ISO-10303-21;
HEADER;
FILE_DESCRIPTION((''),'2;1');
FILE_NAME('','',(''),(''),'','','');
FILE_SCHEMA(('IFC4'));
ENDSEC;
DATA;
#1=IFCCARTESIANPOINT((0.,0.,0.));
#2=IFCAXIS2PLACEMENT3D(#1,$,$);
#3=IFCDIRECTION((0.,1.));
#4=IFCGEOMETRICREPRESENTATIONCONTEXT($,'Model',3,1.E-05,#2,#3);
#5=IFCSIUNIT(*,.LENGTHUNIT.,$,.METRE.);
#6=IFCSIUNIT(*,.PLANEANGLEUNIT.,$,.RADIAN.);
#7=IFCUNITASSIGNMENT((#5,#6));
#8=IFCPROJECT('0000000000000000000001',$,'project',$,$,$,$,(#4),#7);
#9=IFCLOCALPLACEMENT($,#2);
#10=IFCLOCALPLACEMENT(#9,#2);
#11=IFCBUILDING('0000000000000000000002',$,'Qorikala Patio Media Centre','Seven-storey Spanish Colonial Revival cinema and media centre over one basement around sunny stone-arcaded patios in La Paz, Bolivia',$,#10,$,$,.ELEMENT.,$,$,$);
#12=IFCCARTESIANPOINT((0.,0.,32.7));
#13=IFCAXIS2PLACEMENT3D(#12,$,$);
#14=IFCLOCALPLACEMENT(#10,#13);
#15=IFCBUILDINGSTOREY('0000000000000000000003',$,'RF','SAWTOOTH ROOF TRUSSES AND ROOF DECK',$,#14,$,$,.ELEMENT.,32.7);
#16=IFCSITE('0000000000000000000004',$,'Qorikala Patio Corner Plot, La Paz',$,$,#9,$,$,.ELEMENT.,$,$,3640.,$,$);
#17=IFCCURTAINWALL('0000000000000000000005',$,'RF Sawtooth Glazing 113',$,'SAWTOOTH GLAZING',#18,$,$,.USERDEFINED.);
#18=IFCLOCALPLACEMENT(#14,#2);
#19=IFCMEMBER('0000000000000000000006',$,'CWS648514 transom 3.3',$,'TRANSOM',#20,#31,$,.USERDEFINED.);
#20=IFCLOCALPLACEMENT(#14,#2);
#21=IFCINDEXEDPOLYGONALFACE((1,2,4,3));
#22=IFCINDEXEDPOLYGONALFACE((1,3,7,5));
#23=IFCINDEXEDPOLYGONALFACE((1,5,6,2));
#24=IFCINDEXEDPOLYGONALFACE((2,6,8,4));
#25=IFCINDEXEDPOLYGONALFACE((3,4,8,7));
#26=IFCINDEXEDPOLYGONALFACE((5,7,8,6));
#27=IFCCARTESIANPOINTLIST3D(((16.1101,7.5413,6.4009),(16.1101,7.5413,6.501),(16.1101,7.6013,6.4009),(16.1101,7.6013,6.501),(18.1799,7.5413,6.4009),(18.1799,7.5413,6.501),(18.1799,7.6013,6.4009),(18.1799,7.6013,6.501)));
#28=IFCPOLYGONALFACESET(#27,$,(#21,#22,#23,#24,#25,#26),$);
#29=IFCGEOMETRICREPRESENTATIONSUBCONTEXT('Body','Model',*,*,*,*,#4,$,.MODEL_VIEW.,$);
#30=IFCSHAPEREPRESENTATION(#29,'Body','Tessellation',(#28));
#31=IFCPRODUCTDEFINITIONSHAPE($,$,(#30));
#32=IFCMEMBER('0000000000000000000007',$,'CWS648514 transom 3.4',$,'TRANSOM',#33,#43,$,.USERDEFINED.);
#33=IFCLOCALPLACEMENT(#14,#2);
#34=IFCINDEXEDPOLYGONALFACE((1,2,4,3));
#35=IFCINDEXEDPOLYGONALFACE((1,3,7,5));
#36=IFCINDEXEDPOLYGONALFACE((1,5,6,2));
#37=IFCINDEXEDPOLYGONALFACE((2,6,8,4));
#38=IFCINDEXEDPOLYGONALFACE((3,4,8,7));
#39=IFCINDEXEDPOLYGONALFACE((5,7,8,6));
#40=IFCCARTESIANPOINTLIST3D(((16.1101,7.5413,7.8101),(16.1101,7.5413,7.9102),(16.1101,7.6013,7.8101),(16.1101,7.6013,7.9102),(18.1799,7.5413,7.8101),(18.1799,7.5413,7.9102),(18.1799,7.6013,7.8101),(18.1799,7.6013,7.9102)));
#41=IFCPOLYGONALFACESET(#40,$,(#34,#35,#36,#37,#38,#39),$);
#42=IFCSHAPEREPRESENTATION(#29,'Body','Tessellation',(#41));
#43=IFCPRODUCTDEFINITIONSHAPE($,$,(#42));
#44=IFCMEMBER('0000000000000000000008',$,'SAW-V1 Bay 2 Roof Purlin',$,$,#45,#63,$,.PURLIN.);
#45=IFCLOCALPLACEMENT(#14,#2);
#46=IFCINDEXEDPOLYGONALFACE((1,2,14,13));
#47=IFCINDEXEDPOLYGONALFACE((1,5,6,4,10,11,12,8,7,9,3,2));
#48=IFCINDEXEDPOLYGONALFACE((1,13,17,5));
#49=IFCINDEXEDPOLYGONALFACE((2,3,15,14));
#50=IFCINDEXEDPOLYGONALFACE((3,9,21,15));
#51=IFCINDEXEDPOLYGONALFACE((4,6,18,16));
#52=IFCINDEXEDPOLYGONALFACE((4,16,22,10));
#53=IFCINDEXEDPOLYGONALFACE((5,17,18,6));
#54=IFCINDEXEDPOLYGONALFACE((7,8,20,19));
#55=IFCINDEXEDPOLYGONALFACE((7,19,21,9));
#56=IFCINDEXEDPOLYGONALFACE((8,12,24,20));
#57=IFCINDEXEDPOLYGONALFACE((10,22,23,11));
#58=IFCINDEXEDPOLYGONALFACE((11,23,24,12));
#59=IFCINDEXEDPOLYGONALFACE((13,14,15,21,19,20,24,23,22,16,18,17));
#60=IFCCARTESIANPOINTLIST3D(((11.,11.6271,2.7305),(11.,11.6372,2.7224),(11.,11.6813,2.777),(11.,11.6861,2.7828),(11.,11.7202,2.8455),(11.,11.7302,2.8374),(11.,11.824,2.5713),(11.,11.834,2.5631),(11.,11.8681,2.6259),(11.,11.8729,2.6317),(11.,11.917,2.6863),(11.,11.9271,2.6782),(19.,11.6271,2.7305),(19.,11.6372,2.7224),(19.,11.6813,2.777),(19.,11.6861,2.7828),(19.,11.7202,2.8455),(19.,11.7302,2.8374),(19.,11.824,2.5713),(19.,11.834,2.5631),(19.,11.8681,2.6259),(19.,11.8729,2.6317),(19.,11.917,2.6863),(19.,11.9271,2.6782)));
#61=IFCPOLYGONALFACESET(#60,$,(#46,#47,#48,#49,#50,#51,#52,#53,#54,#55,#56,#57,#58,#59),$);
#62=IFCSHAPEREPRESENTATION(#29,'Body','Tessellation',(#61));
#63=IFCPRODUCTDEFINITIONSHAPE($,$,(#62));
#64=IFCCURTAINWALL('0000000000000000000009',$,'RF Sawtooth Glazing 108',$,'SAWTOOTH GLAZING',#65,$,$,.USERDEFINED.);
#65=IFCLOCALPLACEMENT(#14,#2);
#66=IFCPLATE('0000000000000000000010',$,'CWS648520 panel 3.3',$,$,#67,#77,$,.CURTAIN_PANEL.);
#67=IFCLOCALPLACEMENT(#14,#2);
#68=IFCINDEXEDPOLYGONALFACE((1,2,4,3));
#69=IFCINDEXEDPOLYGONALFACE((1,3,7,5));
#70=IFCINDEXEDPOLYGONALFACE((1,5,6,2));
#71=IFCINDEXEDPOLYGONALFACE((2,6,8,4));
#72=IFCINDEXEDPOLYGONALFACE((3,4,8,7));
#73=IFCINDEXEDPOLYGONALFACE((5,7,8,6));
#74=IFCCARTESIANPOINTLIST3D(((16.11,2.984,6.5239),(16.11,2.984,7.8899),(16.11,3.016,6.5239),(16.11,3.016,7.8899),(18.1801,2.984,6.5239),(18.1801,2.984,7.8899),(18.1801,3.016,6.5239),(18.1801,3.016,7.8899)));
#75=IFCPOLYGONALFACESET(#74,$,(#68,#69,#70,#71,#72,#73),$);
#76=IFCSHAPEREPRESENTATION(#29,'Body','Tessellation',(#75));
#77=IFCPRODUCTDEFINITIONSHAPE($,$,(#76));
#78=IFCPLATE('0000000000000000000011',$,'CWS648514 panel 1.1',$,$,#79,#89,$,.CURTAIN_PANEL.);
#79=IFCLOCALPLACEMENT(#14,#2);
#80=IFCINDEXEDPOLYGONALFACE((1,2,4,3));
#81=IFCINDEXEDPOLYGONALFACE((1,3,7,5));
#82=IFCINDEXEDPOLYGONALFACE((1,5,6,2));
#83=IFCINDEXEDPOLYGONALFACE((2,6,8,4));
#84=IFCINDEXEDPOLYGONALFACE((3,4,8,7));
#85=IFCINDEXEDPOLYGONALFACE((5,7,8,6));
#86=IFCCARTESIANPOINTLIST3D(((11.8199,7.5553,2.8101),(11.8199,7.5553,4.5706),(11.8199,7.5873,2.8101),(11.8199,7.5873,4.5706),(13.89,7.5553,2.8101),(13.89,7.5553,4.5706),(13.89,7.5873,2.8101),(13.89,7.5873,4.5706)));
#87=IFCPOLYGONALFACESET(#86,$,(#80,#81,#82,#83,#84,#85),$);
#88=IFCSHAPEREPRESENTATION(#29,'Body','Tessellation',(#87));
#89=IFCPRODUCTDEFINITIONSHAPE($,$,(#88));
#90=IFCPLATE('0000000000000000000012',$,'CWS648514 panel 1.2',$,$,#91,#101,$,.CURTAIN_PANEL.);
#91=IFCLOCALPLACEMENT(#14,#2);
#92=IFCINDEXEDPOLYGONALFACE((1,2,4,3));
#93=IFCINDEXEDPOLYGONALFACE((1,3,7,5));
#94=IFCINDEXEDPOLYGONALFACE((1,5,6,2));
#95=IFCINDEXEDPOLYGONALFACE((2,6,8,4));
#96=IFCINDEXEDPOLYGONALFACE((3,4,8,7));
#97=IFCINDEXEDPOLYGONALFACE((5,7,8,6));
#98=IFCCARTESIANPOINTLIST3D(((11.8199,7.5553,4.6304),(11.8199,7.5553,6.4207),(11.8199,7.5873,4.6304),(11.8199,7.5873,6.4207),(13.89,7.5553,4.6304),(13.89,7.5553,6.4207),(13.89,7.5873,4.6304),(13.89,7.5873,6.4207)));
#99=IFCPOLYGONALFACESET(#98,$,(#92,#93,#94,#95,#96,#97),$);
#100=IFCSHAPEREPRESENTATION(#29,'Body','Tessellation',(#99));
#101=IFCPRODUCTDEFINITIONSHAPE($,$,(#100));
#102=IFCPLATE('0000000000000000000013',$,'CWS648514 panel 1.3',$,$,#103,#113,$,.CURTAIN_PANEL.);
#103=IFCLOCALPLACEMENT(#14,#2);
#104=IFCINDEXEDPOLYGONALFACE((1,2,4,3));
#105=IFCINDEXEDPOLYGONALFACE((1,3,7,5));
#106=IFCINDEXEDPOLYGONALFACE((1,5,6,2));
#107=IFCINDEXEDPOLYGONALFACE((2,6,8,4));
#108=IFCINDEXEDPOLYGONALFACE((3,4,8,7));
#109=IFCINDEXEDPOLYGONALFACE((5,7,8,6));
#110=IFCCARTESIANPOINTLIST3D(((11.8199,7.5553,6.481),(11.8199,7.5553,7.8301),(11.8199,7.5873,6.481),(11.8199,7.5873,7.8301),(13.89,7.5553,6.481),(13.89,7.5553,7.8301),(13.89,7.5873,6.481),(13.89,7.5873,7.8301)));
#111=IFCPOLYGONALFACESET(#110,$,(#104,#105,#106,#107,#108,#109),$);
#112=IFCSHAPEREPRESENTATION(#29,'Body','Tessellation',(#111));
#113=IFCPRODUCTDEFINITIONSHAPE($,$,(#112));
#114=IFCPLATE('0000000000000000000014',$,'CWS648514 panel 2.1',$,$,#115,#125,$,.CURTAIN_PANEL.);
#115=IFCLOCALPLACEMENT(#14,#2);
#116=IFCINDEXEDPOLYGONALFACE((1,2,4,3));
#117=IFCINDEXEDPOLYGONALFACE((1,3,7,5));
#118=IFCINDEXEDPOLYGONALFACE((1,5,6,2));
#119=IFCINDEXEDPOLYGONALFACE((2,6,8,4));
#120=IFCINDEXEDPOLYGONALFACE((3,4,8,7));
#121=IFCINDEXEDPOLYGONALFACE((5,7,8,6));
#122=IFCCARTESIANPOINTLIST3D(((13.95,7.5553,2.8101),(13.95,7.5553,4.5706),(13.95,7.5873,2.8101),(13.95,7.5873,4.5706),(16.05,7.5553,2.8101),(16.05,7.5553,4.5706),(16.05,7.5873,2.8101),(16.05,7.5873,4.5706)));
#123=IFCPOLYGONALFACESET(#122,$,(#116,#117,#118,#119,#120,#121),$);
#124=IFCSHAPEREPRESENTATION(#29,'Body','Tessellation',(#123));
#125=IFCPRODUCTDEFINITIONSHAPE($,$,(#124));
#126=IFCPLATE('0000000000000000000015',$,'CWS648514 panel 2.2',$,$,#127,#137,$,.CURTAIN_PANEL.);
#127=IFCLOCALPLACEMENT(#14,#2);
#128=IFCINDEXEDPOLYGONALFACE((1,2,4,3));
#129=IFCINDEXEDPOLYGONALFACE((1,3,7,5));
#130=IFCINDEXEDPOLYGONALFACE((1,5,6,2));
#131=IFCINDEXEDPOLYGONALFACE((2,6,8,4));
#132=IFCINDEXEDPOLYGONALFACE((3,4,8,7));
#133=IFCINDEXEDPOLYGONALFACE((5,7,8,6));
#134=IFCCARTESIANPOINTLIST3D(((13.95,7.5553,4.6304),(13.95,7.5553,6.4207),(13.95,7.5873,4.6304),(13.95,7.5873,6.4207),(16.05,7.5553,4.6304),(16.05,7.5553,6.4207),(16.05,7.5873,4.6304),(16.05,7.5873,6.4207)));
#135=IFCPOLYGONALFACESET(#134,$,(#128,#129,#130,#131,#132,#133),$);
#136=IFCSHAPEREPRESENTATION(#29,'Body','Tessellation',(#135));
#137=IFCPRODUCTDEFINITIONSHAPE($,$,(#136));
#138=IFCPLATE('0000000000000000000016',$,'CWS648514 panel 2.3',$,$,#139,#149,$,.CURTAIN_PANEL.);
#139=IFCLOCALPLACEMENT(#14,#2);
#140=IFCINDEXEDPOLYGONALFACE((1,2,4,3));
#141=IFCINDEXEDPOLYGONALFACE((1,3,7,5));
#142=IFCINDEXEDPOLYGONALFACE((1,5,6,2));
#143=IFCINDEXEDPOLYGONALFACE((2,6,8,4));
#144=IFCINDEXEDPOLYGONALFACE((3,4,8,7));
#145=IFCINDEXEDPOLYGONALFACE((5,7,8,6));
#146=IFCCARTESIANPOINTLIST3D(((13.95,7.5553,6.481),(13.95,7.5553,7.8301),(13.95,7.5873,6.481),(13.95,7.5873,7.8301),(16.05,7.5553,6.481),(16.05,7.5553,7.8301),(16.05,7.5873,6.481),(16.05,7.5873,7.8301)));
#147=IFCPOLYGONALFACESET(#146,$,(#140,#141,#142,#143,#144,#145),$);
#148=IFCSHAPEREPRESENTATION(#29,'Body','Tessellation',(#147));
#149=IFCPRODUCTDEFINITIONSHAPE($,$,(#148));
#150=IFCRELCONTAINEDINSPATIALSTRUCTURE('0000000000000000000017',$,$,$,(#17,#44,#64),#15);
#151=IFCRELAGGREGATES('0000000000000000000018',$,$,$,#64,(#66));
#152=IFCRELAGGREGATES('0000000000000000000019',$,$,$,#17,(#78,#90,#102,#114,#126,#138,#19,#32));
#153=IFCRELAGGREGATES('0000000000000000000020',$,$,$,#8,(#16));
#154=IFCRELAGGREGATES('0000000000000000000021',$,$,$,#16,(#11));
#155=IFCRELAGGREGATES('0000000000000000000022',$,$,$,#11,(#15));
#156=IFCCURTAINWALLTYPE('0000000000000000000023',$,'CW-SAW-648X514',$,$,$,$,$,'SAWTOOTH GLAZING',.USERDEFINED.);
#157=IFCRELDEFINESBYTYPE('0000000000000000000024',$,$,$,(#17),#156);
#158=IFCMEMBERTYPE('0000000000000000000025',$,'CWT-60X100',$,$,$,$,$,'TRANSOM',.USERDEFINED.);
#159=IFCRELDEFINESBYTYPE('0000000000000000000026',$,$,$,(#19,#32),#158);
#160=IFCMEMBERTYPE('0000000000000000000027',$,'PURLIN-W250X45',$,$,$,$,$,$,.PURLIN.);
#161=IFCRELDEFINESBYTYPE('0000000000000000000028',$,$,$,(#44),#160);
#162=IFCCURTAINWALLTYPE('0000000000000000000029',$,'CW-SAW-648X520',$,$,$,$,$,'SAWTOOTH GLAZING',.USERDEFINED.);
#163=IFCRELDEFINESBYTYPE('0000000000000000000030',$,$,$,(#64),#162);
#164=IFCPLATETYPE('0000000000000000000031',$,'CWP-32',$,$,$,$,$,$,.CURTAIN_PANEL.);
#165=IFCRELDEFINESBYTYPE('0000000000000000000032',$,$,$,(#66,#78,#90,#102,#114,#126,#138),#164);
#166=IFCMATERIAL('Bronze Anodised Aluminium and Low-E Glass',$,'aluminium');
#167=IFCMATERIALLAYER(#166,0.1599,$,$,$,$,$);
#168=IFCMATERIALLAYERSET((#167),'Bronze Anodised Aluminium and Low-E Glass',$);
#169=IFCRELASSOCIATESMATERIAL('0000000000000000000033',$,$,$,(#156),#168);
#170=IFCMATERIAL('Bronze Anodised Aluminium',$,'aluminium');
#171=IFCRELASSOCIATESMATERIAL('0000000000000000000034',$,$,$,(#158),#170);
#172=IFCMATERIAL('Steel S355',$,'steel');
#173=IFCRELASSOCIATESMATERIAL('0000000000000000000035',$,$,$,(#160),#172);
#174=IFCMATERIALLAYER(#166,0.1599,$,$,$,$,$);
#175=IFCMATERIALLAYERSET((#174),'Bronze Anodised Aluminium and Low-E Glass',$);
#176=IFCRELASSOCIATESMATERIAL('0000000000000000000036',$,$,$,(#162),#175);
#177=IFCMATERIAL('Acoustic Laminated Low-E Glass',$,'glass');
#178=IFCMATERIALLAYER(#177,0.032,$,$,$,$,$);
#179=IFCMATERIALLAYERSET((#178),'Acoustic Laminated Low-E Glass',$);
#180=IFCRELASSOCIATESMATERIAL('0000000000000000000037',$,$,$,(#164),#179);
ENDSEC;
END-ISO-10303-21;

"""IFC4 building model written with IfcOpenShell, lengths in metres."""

from ifc_helpers import new_model, si_unit, direction, frame, origin, origin_2d, place, context, subcontext, project, spatial, rectangle, i_section, extrude, material, layer, layer_set, material_profile, profile_set, type_object, element, aggregate, save


model = new_model("IFC4")

# Units and contexts
model_context = context("Model", 3, precision=1e-05, world=origin(), true_north=direction((0.0, 1.0)))
body_context = subcontext(model_context, "Body", "Model", "MODEL_VIEW")
ifc_project = project(units=[si_unit("LENGTHUNIT", "METRE"), si_unit("PLANEANGLEUNIT", "RADIAN")], contexts=[model_context])

# Site, building, storey
site_placement = place(None, origin())
site = spatial("IfcSite", under=ifc_project, at=site_placement, Name="Qorikala Patio Corner Plot, La Paz", CompositionType="ELEMENT", RefElevation=3640.0)
building_placement = place(site_placement, origin())
building = spatial("IfcBuilding", under=site, at=building_placement, Name="Qorikala Patio Media Centre", Description="Seven-storey Spanish Colonial Revival cinema and media centre over one basement around sunny stone-arcaded patios in La Paz, Bolivia", CompositionType="ELEMENT")
storey_placement = place(building_placement, frame((0.0, 0.0, 32.7)))
storey = spatial("IfcBuildingStorey", under=building, at=storey_placement, Name="RF", Description="SAWTOOTH ROOF TRUSSES AND ROOF DECK", CompositionType="ELEMENT", Elevation=32.7)

# Shared definitions
ifc_material_1 = material(Name="Steel S355", Category="steel")

# Curtain wall, members
ifc_material_2 = material(Name="Bronze Anodised Aluminium and Low-E Glass", Category="aluminium")
ifc_layer_1 = layer(ifc_material_2, 0.1599)
ifc_layer_set_1 = layer_set([ifc_layer_1], Name="Bronze Anodised Aluminium and Low-E Glass")
curtain_wall_type_1 = type_object("IfcCurtainWallType", Name="CW-SAW-648X514", ElementType="SAWTOOTH GLAZING", PredefinedType="USERDEFINED", material=ifc_layer_set_1)
curtain_wall_1_placement = place(storey_placement, origin())
curtain_wall_1 = element("IfcCurtainWall", 1, at=curtain_wall_1_placement, inside=storey, type_object=curtain_wall_type_1, Name="RF Sawtooth Glazing 113", ObjectType="SAWTOOTH GLAZING", PredefinedType="USERDEFINED")
ifc_material_3 = material(Name="Bronze Anodised Aluminium", Category="aluminium")
ifc_material_profile_1 = material_profile(ifc_material_3, rectangle(XDim=0.0601, YDim=0.1001, at=origin_2d()), Name="ALU TRANSOM 60x100")
ifc_profile_set_1 = profile_set([ifc_material_profile_1], Name="Bronze Anodised Aluminium")
member_type_1 = type_object("IfcMemberType", Name="CWT-60X100", ElementType="TRANSOM", PredefinedType="USERDEFINED", material=ifc_profile_set_1)
member_1_placement = place(storey_placement, frame((16.1101, 7.5713, 6.4509), z_axis=(1.0, 0.0, 0.0), x_axis=(0.0, 1.0, 0.0)))
member_1 = element("IfcMember", 2, at=member_1_placement, type_object=member_type_1, Name="CWS648514 transom 3.3", ObjectType="TRANSOM", PredefinedType="USERDEFINED", context=body_context, shape_type="SweptSolid", body=[
    extrude(rectangle(XDim=0.0601, YDim=0.1001, at=origin_2d()), origin(), (0.0, 0.0, 1.0), 2.0698),
])
member_2_placement = place(storey_placement, frame((16.1101, 7.5713, 7.8601), z_axis=(1.0, 0.0, 0.0), x_axis=(0.0, 1.0, 0.0)))
member_2 = element("IfcMember", 3, at=member_2_placement, type_object=member_type_1, Name="CWS648514 transom 3.4", ObjectType="TRANSOM", PredefinedType="USERDEFINED", context=body_context, shape_type="SweptSolid", body=[
    extrude(rectangle(XDim=0.0601, YDim=0.1001, at=origin_2d()), origin(), (0.0, 0.0, 1.0), 2.0698),
])

# Member
ifc_material_profile_2 = material_profile(ifc_material_1, i_section(OverallWidth=0.1479, OverallDepth=0.2661, WebThickness=0.0076, FlangeThickness=0.0129, at=origin_2d()), Name="W250X45")
ifc_profile_set_2 = profile_set([ifc_material_profile_2], Name="Steel S355")
member_type_2 = type_object("IfcMemberType", Name="PURLIN-W250X45", PredefinedType="PURLIN", material=ifc_profile_set_2)
member_3_placement = place(storey_placement, frame((11.0, 11.7771, 2.7043), z_axis=(1.0, 0.0, 0.0), x_axis=(0.0, 0.628995, 0.77741)))
element("IfcMember", 4, at=member_3_placement, inside=storey, type_object=member_type_2, Name="SAW-V1 Bay 2 Roof Purlin", PredefinedType="PURLIN", context=body_context, shape_type="SweptSolid", body=[
    extrude(i_section(OverallWidth=0.1479, OverallDepth=0.2661, WebThickness=0.0076, FlangeThickness=0.0129, at=origin_2d()), origin(), (0.0, 0.0, 1.0), 8.0),
])

# Curtain wall, plate
ifc_layer_2 = layer(ifc_material_2, 0.1599)
ifc_layer_set_2 = layer_set([ifc_layer_2], Name="Bronze Anodised Aluminium and Low-E Glass")
curtain_wall_type_2 = type_object("IfcCurtainWallType", Name="CW-SAW-648X520", ElementType="SAWTOOTH GLAZING", PredefinedType="USERDEFINED", material=ifc_layer_set_2)
curtain_wall_2_placement = place(storey_placement, origin())
curtain_wall_2 = element("IfcCurtainWall", 5, at=curtain_wall_2_placement, inside=storey, type_object=curtain_wall_type_2, Name="RF Sawtooth Glazing 108", ObjectType="SAWTOOTH GLAZING", PredefinedType="USERDEFINED")
ifc_material_4 = material(Name="Acoustic Laminated Low-E Glass", Category="glass")
ifc_layer_3 = layer(ifc_material_4, 0.032)
ifc_layer_set_3 = layer_set([ifc_layer_3], Name="Acoustic Laminated Low-E Glass")
plate_type = type_object("IfcPlateType", Name="CWP-32", PredefinedType="CURTAIN_PANEL", material=ifc_layer_set_3)
plate_1_placement = place(storey_placement, frame((17.145, 3.0, 6.5239), z_axis=(0.0, 0.0, 1.0), x_axis=(1.0, 0.0, 0.0)))
plate_1 = element("IfcPlate", 6, at=plate_1_placement, type_object=plate_type, Name="CWS648520 panel 3.3", PredefinedType="CURTAIN_PANEL", context=body_context, shape_type="SweptSolid", body=[
    extrude(rectangle(XDim=2.0701, YDim=0.032, at=origin_2d()), origin(), (0.0, 0.0, 1.0), 1.366),
])
aggregate(curtain_wall_2, [plate_1])

# Plates
plate_2_placement = place(storey_placement, frame((12.855, 7.5713, 2.8101), z_axis=(0.0, 0.0, 1.0), x_axis=(1.0, 0.0, 0.0)))
plate_2 = element("IfcPlate", 7, at=plate_2_placement, type_object=plate_type, Name="CWS648514 panel 1.1", PredefinedType="CURTAIN_PANEL", context=body_context, shape_type="SweptSolid", body=[
    extrude(rectangle(XDim=2.0701, YDim=0.032, at=origin_2d()), origin(), (0.0, 0.0, 1.0), 1.7605),
])
plate_3_placement = place(storey_placement, frame((12.855, 7.5713, 4.6304), z_axis=(0.0, 0.0, 1.0), x_axis=(1.0, 0.0, 0.0)))
plate_3 = element("IfcPlate", 8, at=plate_3_placement, type_object=plate_type, Name="CWS648514 panel 1.2", PredefinedType="CURTAIN_PANEL", context=body_context, shape_type="SweptSolid", body=[
    extrude(rectangle(XDim=2.0701, YDim=0.032, at=origin_2d()), origin(), (0.0, 0.0, 1.0), 1.7903),
])
plate_4_placement = place(storey_placement, frame((12.855, 7.5713, 6.481), z_axis=(0.0, 0.0, 1.0), x_axis=(1.0, 0.0, 0.0)))
plate_4 = element("IfcPlate", 9, at=plate_4_placement, type_object=plate_type, Name="CWS648514 panel 1.3", PredefinedType="CURTAIN_PANEL", context=body_context, shape_type="SweptSolid", body=[
    extrude(rectangle(XDim=2.0701, YDim=0.032, at=origin_2d()), origin(), (0.0, 0.0, 1.0), 1.3491),
])
plate_5_placement = place(storey_placement, frame((15.0, 7.5713, 2.8101), z_axis=(0.0, 0.0, 1.0), x_axis=(1.0, 0.0, 0.0)))
plate_5 = element("IfcPlate", 10, at=plate_5_placement, type_object=plate_type, Name="CWS648514 panel 2.1", PredefinedType="CURTAIN_PANEL", context=body_context, shape_type="SweptSolid", body=[
    extrude(rectangle(XDim=2.1001, YDim=0.032, at=origin_2d()), origin(), (0.0, 0.0, 1.0), 1.7605),
])
plate_6_placement = place(storey_placement, frame((15.0, 7.5713, 4.6304), z_axis=(0.0, 0.0, 1.0), x_axis=(1.0, 0.0, 0.0)))
plate_6 = element("IfcPlate", 11, at=plate_6_placement, type_object=plate_type, Name="CWS648514 panel 2.2", PredefinedType="CURTAIN_PANEL", context=body_context, shape_type="SweptSolid", body=[
    extrude(rectangle(XDim=2.1001, YDim=0.032, at=origin_2d()), origin(), (0.0, 0.0, 1.0), 1.7903),
])
plate_7_placement = place(storey_placement, frame((15.0, 7.5713, 6.481), z_axis=(0.0, 0.0, 1.0), x_axis=(1.0, 0.0, 0.0)))
plate_7 = element("IfcPlate", 12, at=plate_7_placement, type_object=plate_type, Name="CWS648514 panel 2.3", PredefinedType="CURTAIN_PANEL", context=body_context, shape_type="SweptSolid", body=[
    extrude(rectangle(XDim=2.1001, YDim=0.032, at=origin_2d()), origin(), (0.0, 0.0, 1.0), 1.3491),
])
aggregate(curtain_wall_1, [plate_2, plate_3, plate_4, plate_5, plate_6, plate_7, member_1, member_2])

save(model, "model.ifc")
